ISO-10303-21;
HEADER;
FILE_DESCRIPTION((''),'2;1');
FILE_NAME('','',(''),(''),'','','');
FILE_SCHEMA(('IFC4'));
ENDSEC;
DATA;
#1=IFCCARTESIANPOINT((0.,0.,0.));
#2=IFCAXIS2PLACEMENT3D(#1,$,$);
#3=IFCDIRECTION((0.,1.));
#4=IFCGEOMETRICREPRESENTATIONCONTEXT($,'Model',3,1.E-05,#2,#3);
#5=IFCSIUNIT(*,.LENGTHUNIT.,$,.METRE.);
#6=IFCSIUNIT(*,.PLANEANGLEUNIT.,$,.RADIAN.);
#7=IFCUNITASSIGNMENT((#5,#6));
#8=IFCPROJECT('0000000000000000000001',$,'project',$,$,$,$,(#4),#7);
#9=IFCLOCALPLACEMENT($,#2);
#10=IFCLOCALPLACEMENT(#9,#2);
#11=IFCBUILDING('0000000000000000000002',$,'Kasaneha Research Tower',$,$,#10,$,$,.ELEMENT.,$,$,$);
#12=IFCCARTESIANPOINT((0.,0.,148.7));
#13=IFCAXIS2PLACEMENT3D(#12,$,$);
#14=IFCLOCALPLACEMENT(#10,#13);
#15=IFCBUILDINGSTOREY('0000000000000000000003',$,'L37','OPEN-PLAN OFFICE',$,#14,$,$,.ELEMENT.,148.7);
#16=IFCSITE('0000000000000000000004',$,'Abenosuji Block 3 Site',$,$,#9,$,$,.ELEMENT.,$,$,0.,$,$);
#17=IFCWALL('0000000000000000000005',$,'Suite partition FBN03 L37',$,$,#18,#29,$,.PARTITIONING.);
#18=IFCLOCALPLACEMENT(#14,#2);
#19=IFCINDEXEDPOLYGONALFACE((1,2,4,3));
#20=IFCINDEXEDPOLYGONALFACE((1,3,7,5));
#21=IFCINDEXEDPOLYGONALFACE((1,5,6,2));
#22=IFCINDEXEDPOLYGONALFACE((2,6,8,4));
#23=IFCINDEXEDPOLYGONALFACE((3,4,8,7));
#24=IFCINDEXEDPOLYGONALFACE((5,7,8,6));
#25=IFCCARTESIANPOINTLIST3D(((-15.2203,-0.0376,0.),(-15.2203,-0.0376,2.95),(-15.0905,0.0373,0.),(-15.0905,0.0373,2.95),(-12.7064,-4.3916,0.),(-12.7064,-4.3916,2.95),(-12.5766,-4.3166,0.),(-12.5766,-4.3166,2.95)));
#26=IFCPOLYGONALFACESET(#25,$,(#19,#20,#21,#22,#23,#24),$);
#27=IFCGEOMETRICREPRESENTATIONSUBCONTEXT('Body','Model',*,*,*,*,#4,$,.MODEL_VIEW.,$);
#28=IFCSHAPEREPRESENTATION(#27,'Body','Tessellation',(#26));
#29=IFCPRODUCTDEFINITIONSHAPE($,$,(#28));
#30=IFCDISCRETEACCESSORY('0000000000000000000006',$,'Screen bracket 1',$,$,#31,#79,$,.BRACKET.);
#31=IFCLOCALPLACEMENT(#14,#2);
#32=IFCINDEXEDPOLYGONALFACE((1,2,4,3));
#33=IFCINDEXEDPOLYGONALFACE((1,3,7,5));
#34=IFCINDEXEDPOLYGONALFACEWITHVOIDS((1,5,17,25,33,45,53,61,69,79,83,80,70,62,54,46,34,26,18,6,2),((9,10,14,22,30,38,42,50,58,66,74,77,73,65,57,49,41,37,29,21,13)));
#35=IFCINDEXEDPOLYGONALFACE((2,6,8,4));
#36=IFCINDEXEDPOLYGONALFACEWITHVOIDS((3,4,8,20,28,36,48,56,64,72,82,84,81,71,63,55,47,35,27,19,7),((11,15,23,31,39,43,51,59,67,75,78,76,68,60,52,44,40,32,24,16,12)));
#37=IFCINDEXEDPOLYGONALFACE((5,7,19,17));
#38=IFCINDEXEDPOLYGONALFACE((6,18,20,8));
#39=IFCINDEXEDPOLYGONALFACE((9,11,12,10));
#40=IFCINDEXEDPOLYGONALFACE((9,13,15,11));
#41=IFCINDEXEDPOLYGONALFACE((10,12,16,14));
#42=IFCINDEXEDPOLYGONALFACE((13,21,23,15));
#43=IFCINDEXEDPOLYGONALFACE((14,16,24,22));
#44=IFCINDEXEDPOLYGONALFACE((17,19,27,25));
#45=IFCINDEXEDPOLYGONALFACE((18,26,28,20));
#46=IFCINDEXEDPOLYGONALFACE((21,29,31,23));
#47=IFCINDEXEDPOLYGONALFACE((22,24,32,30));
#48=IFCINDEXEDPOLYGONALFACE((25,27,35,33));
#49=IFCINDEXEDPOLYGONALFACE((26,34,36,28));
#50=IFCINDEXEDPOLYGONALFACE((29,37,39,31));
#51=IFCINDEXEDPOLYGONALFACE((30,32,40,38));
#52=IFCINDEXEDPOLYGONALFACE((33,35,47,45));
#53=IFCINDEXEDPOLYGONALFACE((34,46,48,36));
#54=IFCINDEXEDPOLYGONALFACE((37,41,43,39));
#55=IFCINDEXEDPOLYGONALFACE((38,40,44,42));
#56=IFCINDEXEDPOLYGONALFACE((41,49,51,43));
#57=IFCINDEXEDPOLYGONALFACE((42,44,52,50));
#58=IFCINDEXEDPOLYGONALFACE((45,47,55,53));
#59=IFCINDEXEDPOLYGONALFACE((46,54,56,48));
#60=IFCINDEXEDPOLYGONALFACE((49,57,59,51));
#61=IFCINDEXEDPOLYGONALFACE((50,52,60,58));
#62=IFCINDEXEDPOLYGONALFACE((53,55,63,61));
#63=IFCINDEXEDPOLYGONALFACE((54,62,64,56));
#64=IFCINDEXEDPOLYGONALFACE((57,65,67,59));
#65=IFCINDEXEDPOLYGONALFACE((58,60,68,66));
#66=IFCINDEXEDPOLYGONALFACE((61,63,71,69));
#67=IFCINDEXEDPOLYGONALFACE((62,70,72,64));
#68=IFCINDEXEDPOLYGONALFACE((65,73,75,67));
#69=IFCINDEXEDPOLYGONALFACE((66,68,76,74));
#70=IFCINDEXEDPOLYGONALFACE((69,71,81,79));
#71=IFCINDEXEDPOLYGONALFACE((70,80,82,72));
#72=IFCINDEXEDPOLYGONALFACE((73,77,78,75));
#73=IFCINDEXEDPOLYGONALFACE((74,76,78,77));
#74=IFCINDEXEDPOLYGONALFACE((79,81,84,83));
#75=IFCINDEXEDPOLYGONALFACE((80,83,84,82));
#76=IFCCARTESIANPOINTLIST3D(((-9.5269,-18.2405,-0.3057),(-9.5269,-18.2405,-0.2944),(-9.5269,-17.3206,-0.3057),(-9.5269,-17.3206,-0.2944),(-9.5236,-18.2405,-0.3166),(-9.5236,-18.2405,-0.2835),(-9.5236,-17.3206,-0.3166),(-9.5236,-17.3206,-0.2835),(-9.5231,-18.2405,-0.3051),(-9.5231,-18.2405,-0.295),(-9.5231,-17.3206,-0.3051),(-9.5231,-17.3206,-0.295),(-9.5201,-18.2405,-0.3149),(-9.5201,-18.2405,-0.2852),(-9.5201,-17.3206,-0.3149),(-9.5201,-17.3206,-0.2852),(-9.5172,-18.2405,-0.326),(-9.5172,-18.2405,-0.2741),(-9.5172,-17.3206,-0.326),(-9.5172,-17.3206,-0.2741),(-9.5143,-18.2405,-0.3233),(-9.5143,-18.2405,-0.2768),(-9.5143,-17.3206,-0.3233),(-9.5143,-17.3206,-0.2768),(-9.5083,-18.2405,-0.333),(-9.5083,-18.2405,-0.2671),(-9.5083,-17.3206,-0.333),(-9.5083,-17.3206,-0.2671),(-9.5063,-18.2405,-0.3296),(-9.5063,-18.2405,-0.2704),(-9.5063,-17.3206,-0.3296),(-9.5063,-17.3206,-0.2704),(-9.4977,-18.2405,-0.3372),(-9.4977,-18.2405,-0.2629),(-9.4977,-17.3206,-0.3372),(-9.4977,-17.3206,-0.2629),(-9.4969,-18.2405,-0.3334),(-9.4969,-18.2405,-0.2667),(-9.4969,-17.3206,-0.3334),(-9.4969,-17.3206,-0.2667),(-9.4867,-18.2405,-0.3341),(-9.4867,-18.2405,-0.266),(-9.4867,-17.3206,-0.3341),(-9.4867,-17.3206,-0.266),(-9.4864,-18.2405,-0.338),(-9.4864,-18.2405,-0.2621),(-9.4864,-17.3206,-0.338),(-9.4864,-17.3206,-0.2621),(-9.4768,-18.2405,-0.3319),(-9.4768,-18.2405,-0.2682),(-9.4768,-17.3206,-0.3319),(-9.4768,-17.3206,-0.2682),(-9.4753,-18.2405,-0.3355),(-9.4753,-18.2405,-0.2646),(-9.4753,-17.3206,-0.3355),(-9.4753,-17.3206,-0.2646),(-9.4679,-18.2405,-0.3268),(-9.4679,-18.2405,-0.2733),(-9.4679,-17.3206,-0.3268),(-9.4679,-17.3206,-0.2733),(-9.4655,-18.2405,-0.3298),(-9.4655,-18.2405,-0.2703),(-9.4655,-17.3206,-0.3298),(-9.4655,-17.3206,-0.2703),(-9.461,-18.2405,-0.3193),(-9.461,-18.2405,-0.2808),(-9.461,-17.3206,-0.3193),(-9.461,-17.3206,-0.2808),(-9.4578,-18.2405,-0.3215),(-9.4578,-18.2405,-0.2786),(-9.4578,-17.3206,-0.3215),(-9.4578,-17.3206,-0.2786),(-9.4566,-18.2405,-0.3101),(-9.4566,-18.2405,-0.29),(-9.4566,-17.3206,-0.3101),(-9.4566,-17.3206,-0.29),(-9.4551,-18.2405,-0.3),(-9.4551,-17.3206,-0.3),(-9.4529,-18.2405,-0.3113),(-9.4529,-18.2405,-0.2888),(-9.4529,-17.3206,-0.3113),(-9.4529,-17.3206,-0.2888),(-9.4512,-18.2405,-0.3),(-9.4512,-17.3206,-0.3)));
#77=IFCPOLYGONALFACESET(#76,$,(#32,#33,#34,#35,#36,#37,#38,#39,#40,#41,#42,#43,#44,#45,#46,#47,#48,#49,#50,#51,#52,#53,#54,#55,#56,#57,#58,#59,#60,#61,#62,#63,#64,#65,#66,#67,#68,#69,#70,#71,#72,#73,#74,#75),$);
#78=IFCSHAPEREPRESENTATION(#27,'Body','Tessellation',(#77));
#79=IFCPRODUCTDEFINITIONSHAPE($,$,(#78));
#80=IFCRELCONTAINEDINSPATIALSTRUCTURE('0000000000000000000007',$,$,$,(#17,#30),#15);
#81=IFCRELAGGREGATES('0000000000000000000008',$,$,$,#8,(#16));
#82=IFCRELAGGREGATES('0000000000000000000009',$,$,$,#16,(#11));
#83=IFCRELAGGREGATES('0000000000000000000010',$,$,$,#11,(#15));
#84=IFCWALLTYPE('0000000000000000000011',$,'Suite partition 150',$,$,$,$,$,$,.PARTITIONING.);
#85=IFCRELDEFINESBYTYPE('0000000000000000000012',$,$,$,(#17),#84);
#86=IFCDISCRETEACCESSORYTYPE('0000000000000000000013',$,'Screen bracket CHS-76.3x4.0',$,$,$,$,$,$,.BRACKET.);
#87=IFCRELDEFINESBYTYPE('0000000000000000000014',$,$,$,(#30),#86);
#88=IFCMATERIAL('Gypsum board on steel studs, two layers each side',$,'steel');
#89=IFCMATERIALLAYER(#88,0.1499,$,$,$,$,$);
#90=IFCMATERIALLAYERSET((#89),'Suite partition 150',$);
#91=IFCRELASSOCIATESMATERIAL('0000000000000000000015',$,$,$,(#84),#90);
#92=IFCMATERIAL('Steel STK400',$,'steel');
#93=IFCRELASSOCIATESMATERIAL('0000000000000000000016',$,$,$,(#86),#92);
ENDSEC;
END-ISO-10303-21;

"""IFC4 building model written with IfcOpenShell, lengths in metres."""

from ifc_helpers import new_model, si_unit, direction, frame, frame_2d, origin, origin_2d, place, context, subcontext, project, spatial, rectangle, hollow_circle, extrude, material, layer, layer_set, material_profile, profile_set, type_object, element, save


model = new_model("IFC4")

# Units and contexts
model_context = context("Model", 3, precision=1e-05, world=origin(), true_north=direction((0.0, 1.0)))
body_context = subcontext(model_context, "Body", "Model", "MODEL_VIEW")
ifc_project = project(units=[si_unit("LENGTHUNIT", "METRE"), si_unit("PLANEANGLEUNIT", "RADIAN")], contexts=[model_context])

# Site, building, storey
site_placement = place(None, origin())
site = spatial("IfcSite", under=ifc_project, at=site_placement, Name="Abenosuji Block 3 Site", CompositionType="ELEMENT", RefElevation=0.0)
building_placement = place(site_placement, origin())
building = spatial("IfcBuilding", under=site, at=building_placement, Name="Kasaneha Research Tower", CompositionType="ELEMENT")
storey_placement = place(building_placement, frame((0.0, 0.0, 148.7)))
storey = spatial("IfcBuildingStorey", under=building, at=storey_placement, Name="L37", Description="OPEN-PLAN OFFICE", CompositionType="ELEMENT", Elevation=148.7)

# Wall
ifc_material_1 = material(Name="Gypsum board on steel studs, two layers each side", Category="steel")
ifc_layer_1 = layer(ifc_material_1, 0.1499)
ifc_layer_set_1 = layer_set([ifc_layer_1], Name="Suite partition 150")
wall_type_1 = type_object("IfcWallType", Name="Suite partition 150", PredefinedType="PARTITIONING", material=ifc_layer_set_1)
wall_1_placement = place(storey_placement, frame((-12.6416, -4.354, 0.0), z_axis=(0.0, 0.0, 1.0), x_axis=(-0.500019, 0.866014, 0.0)))
element("IfcWall", 1, at=wall_1_placement, inside=storey, type_object=wall_type_1, Name="Suite partition FBN03 L37", PredefinedType="PARTITIONING", context=body_context, shape_type="SweptSolid", body=[
    extrude(rectangle(XDim=5.0276, YDim=0.1499, at=frame_2d((2.5137, 0.0))), origin(), (0.0, 0.0, 1.0), 2.95),
])

# Discrete accessory
ifc_material_2 = material(Name="Steel STK400", Category="steel")
ifc_material_profile_1 = material_profile(ifc_material_2, hollow_circle(Radius=0.0381, WallThickness=0.0039, at=origin_2d()), Name="CHS-76.3x4.0")
ifc_profile_set_1 = profile_set([ifc_material_profile_1], Name="Steel STK400")
discrete_accessory_type = type_object("IfcDiscreteAccessoryType", Name="Screen bracket CHS-76.3x4.0", PredefinedType="BRACKET", material=ifc_profile_set_1)
discrete_accessory_placement = place(storey_placement, frame((-9.4893, -17.3206, -0.3), z_axis=(0.0, -1.0, 0.0), x_axis=(1.0, 0.0, 0.0)))
element("IfcDiscreteAccessory", 2, at=discrete_accessory_placement, inside=storey, type_object=discrete_accessory_type, Name="Screen bracket 1", PredefinedType="BRACKET", context=body_context, shape_type="SweptSolid", body=[
    extrude(hollow_circle(Radius=0.0381, WallThickness=0.0039, at=origin_2d()), origin(), (0.0, 0.0, 1.0), 0.9199),
])

save(model, "model.ifc")
